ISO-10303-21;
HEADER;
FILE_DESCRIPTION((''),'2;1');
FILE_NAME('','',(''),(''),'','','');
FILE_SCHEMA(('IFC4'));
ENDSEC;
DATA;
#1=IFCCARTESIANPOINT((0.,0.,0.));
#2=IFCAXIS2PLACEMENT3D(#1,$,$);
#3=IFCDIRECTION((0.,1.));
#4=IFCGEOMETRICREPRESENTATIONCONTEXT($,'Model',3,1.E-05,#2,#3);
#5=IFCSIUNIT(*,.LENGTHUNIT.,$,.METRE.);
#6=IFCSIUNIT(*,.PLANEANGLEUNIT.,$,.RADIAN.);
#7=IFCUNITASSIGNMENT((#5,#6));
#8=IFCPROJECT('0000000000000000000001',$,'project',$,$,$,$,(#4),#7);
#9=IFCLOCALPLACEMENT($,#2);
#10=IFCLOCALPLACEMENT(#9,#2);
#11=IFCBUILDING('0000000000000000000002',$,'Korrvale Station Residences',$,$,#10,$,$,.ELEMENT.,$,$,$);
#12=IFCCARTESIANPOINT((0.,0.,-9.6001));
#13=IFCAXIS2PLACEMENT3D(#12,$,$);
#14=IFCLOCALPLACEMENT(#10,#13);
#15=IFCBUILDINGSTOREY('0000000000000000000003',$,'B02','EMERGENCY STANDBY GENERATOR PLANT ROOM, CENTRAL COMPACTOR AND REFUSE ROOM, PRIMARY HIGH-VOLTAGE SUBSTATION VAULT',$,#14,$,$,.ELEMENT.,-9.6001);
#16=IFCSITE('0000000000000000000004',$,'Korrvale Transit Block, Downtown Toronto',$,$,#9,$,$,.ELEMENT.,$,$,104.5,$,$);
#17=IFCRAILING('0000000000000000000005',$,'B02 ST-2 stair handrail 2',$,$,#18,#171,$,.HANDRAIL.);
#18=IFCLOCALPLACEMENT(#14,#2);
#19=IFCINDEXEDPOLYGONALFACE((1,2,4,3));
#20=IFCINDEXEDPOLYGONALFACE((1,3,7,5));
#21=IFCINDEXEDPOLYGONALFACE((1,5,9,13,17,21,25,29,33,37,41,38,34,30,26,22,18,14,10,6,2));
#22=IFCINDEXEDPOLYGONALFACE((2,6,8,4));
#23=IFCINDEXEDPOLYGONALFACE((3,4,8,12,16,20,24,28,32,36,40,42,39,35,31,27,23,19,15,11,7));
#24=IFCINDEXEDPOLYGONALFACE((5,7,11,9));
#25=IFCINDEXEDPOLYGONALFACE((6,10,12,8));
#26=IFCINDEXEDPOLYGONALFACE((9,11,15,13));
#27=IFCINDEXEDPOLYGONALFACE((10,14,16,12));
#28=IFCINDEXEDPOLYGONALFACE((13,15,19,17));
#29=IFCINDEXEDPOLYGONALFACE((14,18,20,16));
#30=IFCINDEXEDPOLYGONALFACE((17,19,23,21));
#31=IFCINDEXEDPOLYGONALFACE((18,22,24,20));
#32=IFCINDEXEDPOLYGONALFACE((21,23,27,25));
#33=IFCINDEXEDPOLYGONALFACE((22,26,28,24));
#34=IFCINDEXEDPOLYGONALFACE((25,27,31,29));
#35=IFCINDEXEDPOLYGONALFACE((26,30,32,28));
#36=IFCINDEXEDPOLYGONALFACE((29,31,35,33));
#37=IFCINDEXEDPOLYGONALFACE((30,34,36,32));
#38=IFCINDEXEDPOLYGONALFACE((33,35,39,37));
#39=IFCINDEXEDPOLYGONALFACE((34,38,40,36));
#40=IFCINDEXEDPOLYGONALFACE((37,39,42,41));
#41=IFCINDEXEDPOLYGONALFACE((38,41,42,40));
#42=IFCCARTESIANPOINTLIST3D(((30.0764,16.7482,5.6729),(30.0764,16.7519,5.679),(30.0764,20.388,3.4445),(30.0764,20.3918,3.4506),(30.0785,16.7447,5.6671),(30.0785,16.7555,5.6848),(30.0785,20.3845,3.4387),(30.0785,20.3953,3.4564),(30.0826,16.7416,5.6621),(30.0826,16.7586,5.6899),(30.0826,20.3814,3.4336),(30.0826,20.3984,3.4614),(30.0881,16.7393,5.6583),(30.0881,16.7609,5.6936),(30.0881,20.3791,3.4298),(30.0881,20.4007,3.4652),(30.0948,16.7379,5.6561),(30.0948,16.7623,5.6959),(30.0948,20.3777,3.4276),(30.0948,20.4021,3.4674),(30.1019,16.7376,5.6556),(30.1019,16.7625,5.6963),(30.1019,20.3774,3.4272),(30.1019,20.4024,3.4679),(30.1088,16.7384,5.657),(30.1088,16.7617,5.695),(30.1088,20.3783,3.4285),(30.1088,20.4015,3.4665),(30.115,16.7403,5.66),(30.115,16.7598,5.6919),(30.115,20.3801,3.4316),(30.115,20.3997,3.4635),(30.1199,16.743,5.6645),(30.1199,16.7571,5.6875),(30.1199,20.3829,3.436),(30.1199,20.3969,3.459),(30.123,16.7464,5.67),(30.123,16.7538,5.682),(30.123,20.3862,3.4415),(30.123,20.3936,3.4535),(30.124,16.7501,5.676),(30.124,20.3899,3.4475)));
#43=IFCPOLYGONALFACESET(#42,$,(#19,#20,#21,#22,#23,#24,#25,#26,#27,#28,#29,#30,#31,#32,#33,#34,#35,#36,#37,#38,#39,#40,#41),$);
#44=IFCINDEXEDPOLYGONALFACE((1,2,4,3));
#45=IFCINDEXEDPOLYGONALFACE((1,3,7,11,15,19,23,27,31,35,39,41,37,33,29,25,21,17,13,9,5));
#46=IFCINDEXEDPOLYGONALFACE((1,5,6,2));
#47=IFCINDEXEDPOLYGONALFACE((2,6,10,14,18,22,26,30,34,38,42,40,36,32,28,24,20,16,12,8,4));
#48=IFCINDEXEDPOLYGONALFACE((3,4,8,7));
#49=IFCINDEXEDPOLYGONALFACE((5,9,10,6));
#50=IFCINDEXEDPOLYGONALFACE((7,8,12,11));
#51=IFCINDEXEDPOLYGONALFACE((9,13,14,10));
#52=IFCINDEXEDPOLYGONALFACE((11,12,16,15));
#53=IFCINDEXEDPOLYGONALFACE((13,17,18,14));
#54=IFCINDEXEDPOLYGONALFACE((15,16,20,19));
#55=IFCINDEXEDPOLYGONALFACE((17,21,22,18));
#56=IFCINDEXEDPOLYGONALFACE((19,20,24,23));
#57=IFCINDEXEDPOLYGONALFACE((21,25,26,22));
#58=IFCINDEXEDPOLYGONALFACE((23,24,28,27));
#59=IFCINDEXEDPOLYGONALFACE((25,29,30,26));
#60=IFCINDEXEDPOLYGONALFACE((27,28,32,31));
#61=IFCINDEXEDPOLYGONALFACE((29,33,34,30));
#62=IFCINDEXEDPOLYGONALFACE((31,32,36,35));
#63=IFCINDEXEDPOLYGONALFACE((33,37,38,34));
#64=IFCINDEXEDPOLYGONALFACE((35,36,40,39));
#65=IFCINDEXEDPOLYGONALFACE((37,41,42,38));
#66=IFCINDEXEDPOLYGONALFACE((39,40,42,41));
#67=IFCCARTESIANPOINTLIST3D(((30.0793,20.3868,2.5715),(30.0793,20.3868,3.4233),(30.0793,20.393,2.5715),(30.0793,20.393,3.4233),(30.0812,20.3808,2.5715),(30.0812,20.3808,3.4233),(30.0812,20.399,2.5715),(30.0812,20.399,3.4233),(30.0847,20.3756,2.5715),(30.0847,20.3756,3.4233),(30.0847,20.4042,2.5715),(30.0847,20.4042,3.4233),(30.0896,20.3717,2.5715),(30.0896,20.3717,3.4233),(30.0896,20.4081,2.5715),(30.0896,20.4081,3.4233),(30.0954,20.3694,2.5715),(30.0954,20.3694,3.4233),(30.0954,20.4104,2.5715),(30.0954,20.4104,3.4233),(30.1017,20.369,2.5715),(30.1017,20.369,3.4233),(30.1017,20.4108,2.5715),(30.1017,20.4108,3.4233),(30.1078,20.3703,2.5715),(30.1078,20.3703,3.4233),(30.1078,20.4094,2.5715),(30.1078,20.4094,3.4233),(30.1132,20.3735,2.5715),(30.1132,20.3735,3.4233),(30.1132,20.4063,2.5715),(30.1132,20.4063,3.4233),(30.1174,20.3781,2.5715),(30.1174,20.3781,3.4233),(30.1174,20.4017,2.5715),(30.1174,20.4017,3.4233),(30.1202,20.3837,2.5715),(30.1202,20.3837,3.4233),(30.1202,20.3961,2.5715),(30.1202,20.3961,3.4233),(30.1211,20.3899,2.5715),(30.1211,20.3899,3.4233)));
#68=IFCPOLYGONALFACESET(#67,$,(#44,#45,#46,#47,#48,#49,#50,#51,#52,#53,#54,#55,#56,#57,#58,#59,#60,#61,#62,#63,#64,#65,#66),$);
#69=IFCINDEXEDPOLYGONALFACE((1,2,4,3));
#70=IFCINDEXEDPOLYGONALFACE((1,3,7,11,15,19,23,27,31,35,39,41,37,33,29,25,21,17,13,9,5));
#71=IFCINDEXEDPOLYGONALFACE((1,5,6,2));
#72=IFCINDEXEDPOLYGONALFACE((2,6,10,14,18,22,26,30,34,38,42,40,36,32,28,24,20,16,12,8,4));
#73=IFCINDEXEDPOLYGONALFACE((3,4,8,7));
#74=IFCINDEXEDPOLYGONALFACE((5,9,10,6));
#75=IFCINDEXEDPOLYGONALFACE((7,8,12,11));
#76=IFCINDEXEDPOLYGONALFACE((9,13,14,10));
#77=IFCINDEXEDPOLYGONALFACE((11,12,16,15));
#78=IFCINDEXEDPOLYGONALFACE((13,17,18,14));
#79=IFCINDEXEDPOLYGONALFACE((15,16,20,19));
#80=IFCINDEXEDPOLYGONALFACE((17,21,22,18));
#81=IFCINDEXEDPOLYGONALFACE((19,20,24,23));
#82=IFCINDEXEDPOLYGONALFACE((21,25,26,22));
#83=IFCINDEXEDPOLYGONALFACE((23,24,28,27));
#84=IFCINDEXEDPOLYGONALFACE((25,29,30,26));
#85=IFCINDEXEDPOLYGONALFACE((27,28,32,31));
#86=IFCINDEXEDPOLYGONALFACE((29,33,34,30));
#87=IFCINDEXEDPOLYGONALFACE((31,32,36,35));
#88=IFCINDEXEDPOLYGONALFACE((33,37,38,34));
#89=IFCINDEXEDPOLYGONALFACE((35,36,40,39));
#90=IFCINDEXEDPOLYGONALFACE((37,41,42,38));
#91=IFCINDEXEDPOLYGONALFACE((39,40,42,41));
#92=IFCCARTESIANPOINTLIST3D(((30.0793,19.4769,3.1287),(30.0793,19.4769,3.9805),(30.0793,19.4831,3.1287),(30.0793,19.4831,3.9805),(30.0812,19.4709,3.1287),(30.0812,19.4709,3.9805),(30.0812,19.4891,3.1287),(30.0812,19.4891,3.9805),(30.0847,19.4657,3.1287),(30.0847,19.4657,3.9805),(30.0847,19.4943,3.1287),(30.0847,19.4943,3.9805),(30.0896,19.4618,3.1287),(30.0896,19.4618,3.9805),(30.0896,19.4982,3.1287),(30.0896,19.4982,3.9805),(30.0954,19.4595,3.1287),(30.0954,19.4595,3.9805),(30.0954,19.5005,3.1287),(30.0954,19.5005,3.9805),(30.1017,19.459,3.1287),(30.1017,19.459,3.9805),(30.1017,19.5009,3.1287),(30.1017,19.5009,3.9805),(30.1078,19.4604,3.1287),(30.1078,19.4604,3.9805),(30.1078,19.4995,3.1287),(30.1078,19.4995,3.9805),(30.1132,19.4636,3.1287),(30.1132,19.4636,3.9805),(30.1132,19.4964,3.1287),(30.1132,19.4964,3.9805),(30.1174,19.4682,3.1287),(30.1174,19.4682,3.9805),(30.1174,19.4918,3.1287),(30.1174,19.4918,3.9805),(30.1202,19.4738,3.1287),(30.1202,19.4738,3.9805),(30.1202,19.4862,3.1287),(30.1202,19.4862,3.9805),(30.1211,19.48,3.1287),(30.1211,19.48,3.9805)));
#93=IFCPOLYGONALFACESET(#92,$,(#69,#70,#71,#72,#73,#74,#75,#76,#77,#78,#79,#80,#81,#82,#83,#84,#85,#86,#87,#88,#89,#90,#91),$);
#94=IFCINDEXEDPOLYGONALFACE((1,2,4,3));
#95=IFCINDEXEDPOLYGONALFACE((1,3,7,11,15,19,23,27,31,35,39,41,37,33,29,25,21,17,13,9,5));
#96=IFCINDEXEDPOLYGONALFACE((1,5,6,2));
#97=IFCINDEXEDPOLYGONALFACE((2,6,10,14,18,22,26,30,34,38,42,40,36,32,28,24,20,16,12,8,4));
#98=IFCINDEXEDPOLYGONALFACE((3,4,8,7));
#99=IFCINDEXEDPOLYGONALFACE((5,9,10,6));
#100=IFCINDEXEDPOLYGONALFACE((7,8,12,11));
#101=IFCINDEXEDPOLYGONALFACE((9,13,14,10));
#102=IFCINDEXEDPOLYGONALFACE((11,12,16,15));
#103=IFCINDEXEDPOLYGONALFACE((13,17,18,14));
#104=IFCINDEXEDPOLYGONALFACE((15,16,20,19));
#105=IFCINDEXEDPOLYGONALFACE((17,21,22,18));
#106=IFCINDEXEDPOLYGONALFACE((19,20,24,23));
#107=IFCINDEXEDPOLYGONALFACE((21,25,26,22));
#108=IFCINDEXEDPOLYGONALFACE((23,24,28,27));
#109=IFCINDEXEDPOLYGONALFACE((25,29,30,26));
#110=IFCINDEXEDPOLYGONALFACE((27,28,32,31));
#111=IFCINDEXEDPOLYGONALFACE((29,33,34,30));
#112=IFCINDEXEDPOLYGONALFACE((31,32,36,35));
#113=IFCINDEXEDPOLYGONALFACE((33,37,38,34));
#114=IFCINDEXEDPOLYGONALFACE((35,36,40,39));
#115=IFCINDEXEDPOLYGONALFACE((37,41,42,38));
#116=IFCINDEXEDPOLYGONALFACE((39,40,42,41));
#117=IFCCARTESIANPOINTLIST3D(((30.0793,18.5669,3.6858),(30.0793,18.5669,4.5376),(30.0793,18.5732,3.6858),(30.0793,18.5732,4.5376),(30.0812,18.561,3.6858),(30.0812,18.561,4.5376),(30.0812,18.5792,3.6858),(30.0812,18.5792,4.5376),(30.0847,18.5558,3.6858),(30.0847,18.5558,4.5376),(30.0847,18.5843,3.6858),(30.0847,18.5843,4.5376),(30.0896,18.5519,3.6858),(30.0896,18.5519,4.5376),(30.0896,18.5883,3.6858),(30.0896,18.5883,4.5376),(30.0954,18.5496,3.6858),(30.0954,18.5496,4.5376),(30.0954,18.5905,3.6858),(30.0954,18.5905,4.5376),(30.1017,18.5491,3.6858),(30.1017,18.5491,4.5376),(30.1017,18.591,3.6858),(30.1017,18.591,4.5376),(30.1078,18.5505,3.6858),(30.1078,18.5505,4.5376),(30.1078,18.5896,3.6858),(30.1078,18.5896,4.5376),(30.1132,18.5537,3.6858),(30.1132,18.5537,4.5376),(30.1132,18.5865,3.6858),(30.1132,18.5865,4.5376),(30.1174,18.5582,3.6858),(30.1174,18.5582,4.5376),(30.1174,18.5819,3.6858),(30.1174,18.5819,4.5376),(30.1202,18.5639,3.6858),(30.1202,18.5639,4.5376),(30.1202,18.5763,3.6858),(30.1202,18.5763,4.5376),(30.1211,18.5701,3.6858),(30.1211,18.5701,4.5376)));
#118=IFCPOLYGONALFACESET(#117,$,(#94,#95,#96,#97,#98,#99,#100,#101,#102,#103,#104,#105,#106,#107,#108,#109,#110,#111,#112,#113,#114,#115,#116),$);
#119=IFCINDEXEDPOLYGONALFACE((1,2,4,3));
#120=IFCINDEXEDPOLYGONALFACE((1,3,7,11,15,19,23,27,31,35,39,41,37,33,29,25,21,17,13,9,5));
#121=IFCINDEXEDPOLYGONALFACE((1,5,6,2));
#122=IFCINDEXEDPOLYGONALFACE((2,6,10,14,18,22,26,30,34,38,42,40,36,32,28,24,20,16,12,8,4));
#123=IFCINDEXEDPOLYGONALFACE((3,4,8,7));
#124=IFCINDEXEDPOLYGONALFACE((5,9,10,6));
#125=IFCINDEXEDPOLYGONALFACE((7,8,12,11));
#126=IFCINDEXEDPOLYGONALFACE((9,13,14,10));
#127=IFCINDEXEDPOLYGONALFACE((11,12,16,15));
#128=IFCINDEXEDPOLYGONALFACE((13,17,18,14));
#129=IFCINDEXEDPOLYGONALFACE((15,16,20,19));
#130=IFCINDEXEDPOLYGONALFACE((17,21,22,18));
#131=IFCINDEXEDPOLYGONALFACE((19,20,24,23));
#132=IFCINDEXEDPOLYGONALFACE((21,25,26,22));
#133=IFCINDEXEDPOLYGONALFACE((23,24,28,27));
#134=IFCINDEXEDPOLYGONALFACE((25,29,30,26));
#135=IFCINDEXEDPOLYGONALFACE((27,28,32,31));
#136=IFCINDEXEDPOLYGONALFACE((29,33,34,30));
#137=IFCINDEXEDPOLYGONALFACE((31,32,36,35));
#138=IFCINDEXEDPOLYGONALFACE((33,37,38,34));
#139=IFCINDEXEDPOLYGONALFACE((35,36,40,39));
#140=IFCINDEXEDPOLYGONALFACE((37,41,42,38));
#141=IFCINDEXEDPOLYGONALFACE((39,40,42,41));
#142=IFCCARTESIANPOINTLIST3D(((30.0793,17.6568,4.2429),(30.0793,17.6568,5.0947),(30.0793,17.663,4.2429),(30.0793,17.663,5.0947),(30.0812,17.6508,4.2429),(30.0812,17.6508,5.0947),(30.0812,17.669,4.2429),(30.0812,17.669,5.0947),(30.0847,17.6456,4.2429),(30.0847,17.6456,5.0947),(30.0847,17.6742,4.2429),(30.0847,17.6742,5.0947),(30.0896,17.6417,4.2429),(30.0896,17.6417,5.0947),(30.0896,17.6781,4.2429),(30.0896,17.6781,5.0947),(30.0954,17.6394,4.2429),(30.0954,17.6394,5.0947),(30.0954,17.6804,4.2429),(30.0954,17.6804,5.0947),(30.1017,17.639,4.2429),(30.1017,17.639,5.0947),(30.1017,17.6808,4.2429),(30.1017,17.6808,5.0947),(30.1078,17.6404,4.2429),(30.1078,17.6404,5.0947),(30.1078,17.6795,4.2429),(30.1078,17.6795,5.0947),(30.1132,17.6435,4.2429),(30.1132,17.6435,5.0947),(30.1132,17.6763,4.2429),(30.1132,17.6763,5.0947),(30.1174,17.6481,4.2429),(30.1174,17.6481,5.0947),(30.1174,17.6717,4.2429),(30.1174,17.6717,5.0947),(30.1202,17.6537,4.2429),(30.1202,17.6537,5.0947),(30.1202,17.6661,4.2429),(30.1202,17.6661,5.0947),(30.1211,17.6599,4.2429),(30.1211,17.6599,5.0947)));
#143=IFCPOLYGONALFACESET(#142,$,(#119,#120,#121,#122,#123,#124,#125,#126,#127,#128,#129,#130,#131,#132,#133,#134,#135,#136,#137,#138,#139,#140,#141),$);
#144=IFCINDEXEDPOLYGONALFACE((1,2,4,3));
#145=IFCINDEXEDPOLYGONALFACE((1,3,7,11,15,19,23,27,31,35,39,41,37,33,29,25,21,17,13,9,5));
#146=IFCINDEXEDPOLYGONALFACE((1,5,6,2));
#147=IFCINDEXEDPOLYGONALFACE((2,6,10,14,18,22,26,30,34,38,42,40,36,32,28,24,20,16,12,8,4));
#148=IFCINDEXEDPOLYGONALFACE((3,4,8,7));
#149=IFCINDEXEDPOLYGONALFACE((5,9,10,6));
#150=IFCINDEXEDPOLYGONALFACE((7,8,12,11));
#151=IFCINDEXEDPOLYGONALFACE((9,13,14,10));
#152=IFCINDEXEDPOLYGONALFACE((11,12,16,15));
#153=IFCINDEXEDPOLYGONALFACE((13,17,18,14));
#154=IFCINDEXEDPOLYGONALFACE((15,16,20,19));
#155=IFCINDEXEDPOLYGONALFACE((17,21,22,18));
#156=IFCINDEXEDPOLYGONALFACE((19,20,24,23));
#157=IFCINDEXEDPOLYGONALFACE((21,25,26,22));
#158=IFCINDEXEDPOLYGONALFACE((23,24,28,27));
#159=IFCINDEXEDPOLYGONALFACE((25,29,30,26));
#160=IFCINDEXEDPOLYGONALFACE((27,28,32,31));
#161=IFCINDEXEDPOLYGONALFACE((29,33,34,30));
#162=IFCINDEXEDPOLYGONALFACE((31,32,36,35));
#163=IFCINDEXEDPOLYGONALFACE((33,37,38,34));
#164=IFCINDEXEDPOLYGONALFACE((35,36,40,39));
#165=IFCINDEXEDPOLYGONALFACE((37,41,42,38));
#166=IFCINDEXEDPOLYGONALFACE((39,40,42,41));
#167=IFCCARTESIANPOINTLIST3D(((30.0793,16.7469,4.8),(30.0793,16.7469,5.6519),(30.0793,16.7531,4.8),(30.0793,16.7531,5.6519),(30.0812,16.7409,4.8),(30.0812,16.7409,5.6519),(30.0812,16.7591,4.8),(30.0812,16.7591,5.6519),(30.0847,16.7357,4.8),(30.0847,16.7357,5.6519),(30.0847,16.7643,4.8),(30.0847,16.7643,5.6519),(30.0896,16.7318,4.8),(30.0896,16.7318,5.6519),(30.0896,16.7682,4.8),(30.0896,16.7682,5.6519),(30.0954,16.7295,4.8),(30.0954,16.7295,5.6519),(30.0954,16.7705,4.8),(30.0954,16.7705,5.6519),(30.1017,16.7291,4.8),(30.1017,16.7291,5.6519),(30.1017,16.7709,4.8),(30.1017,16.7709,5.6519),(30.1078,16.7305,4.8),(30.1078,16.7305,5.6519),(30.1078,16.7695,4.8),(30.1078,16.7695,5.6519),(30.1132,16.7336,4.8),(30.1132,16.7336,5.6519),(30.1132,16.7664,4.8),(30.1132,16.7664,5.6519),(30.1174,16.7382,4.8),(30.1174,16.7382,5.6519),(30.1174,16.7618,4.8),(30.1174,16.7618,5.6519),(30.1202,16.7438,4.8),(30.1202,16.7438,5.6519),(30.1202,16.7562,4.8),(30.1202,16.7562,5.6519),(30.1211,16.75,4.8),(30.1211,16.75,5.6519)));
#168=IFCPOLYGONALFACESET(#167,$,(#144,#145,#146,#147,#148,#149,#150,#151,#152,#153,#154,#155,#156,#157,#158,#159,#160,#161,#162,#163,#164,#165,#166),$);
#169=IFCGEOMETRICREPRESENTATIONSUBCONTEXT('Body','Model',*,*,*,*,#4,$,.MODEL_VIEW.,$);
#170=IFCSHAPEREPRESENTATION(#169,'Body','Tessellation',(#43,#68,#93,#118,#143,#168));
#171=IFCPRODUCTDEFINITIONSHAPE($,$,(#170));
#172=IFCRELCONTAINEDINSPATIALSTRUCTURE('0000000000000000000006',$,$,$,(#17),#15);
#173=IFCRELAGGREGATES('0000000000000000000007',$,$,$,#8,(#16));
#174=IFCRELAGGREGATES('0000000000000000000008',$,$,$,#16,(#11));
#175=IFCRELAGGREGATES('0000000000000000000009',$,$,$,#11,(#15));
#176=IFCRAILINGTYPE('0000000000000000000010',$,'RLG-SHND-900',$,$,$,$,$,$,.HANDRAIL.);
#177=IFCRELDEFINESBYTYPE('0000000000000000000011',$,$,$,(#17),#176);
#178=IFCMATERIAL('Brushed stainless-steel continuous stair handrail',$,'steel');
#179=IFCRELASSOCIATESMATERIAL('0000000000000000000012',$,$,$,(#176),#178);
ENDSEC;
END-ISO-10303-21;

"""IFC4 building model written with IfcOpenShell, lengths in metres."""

from ifc_helpers import new_model, si_unit, direction, frame, origin, origin_2d, place, context, subcontext, project, spatial, circle, extrude, material, type_object, element, save


model = new_model("IFC4")

# Units and contexts
model_context = context("Model", 3, precision=1e-05, world=origin(), true_north=direction((0.0, 1.0)))
body_context = subcontext(model_context, "Body", "Model", "MODEL_VIEW")
ifc_project = project(units=[si_unit("LENGTHUNIT", "METRE"), si_unit("PLANEANGLEUNIT", "RADIAN")], contexts=[model_context])

# Site, building, storey
site_placement = place(None, origin())
site = spatial("IfcSite", under=ifc_project, at=site_placement, Name="Korrvale Transit Block, Downtown Toronto", CompositionType="ELEMENT", RefElevation=104.5)
building_placement = place(site_placement, origin())
building = spatial("IfcBuilding", under=site, at=building_placement, Name="Korrvale Station Residences", CompositionType="ELEMENT")
storey_placement = place(building_placement, frame((0.0, 0.0, -9.6001)))
storey = spatial("IfcBuildingStorey", under=building, at=storey_placement, Name="B02", Description="EMERGENCY STANDBY GENERATOR PLANT ROOM, CENTRAL COMPACTOR AND REFUSE ROOM, PRIMARY HIGH-VOLTAGE SUBSTATION VAULT", CompositionType="ELEMENT", Elevation=-9.6001)

# Railing
ifc_material_1 = material(Name="Brushed stainless-steel continuous stair handrail", Category="steel")
railing_type_1 = type_object("IfcRailingType", Name="RLG-SHND-900", PredefinedType="HANDRAIL", material=ifc_material_1)
railing_1_placement = place(storey_placement, frame((30.1001, 20.3899, 2.5715)))
element("IfcRailing", 1, at=railing_1_placement, inside=storey, type_object=railing_type_1, Name="B02 ST-2 stair handrail 2", PredefinedType="HANDRAIL", context=body_context, shape_type="SweptSolid", body=[
    extrude(circle(Radius=0.0239, at=origin_2d()), frame((0.0, 0.0, 0.876), z_axis=(0.0, -0.85285, 0.522156), x_axis=(1.0, 0.0, 0.0)), (0.0, 0.0, 1.0), 4.2678),
    extrude(circle(Radius=0.021, at=origin_2d()), origin(), (0.0, 0.0, 1.0), 0.8518),
    extrude(circle(Radius=0.021, at=origin_2d()), frame((0.0, -0.9099, 0.5571)), (0.0, 0.0, 1.0), 0.8518),
    extrude(circle(Radius=0.021, at=origin_2d()), frame((0.0, -1.8198, 1.1143)), (0.0, 0.0, 1.0), 0.8518),
    extrude(circle(Radius=0.021, at=origin_2d()), frame((0.0, -2.73, 1.6714)), (0.0, 0.0, 1.0), 0.8518),
    extrude(circle(Radius=0.021, at=origin_2d()), frame((0.0, -3.6399, 2.2285)), (0.0, 0.0, 1.0), 0.8518),
])

save(model, "model.ifc")
